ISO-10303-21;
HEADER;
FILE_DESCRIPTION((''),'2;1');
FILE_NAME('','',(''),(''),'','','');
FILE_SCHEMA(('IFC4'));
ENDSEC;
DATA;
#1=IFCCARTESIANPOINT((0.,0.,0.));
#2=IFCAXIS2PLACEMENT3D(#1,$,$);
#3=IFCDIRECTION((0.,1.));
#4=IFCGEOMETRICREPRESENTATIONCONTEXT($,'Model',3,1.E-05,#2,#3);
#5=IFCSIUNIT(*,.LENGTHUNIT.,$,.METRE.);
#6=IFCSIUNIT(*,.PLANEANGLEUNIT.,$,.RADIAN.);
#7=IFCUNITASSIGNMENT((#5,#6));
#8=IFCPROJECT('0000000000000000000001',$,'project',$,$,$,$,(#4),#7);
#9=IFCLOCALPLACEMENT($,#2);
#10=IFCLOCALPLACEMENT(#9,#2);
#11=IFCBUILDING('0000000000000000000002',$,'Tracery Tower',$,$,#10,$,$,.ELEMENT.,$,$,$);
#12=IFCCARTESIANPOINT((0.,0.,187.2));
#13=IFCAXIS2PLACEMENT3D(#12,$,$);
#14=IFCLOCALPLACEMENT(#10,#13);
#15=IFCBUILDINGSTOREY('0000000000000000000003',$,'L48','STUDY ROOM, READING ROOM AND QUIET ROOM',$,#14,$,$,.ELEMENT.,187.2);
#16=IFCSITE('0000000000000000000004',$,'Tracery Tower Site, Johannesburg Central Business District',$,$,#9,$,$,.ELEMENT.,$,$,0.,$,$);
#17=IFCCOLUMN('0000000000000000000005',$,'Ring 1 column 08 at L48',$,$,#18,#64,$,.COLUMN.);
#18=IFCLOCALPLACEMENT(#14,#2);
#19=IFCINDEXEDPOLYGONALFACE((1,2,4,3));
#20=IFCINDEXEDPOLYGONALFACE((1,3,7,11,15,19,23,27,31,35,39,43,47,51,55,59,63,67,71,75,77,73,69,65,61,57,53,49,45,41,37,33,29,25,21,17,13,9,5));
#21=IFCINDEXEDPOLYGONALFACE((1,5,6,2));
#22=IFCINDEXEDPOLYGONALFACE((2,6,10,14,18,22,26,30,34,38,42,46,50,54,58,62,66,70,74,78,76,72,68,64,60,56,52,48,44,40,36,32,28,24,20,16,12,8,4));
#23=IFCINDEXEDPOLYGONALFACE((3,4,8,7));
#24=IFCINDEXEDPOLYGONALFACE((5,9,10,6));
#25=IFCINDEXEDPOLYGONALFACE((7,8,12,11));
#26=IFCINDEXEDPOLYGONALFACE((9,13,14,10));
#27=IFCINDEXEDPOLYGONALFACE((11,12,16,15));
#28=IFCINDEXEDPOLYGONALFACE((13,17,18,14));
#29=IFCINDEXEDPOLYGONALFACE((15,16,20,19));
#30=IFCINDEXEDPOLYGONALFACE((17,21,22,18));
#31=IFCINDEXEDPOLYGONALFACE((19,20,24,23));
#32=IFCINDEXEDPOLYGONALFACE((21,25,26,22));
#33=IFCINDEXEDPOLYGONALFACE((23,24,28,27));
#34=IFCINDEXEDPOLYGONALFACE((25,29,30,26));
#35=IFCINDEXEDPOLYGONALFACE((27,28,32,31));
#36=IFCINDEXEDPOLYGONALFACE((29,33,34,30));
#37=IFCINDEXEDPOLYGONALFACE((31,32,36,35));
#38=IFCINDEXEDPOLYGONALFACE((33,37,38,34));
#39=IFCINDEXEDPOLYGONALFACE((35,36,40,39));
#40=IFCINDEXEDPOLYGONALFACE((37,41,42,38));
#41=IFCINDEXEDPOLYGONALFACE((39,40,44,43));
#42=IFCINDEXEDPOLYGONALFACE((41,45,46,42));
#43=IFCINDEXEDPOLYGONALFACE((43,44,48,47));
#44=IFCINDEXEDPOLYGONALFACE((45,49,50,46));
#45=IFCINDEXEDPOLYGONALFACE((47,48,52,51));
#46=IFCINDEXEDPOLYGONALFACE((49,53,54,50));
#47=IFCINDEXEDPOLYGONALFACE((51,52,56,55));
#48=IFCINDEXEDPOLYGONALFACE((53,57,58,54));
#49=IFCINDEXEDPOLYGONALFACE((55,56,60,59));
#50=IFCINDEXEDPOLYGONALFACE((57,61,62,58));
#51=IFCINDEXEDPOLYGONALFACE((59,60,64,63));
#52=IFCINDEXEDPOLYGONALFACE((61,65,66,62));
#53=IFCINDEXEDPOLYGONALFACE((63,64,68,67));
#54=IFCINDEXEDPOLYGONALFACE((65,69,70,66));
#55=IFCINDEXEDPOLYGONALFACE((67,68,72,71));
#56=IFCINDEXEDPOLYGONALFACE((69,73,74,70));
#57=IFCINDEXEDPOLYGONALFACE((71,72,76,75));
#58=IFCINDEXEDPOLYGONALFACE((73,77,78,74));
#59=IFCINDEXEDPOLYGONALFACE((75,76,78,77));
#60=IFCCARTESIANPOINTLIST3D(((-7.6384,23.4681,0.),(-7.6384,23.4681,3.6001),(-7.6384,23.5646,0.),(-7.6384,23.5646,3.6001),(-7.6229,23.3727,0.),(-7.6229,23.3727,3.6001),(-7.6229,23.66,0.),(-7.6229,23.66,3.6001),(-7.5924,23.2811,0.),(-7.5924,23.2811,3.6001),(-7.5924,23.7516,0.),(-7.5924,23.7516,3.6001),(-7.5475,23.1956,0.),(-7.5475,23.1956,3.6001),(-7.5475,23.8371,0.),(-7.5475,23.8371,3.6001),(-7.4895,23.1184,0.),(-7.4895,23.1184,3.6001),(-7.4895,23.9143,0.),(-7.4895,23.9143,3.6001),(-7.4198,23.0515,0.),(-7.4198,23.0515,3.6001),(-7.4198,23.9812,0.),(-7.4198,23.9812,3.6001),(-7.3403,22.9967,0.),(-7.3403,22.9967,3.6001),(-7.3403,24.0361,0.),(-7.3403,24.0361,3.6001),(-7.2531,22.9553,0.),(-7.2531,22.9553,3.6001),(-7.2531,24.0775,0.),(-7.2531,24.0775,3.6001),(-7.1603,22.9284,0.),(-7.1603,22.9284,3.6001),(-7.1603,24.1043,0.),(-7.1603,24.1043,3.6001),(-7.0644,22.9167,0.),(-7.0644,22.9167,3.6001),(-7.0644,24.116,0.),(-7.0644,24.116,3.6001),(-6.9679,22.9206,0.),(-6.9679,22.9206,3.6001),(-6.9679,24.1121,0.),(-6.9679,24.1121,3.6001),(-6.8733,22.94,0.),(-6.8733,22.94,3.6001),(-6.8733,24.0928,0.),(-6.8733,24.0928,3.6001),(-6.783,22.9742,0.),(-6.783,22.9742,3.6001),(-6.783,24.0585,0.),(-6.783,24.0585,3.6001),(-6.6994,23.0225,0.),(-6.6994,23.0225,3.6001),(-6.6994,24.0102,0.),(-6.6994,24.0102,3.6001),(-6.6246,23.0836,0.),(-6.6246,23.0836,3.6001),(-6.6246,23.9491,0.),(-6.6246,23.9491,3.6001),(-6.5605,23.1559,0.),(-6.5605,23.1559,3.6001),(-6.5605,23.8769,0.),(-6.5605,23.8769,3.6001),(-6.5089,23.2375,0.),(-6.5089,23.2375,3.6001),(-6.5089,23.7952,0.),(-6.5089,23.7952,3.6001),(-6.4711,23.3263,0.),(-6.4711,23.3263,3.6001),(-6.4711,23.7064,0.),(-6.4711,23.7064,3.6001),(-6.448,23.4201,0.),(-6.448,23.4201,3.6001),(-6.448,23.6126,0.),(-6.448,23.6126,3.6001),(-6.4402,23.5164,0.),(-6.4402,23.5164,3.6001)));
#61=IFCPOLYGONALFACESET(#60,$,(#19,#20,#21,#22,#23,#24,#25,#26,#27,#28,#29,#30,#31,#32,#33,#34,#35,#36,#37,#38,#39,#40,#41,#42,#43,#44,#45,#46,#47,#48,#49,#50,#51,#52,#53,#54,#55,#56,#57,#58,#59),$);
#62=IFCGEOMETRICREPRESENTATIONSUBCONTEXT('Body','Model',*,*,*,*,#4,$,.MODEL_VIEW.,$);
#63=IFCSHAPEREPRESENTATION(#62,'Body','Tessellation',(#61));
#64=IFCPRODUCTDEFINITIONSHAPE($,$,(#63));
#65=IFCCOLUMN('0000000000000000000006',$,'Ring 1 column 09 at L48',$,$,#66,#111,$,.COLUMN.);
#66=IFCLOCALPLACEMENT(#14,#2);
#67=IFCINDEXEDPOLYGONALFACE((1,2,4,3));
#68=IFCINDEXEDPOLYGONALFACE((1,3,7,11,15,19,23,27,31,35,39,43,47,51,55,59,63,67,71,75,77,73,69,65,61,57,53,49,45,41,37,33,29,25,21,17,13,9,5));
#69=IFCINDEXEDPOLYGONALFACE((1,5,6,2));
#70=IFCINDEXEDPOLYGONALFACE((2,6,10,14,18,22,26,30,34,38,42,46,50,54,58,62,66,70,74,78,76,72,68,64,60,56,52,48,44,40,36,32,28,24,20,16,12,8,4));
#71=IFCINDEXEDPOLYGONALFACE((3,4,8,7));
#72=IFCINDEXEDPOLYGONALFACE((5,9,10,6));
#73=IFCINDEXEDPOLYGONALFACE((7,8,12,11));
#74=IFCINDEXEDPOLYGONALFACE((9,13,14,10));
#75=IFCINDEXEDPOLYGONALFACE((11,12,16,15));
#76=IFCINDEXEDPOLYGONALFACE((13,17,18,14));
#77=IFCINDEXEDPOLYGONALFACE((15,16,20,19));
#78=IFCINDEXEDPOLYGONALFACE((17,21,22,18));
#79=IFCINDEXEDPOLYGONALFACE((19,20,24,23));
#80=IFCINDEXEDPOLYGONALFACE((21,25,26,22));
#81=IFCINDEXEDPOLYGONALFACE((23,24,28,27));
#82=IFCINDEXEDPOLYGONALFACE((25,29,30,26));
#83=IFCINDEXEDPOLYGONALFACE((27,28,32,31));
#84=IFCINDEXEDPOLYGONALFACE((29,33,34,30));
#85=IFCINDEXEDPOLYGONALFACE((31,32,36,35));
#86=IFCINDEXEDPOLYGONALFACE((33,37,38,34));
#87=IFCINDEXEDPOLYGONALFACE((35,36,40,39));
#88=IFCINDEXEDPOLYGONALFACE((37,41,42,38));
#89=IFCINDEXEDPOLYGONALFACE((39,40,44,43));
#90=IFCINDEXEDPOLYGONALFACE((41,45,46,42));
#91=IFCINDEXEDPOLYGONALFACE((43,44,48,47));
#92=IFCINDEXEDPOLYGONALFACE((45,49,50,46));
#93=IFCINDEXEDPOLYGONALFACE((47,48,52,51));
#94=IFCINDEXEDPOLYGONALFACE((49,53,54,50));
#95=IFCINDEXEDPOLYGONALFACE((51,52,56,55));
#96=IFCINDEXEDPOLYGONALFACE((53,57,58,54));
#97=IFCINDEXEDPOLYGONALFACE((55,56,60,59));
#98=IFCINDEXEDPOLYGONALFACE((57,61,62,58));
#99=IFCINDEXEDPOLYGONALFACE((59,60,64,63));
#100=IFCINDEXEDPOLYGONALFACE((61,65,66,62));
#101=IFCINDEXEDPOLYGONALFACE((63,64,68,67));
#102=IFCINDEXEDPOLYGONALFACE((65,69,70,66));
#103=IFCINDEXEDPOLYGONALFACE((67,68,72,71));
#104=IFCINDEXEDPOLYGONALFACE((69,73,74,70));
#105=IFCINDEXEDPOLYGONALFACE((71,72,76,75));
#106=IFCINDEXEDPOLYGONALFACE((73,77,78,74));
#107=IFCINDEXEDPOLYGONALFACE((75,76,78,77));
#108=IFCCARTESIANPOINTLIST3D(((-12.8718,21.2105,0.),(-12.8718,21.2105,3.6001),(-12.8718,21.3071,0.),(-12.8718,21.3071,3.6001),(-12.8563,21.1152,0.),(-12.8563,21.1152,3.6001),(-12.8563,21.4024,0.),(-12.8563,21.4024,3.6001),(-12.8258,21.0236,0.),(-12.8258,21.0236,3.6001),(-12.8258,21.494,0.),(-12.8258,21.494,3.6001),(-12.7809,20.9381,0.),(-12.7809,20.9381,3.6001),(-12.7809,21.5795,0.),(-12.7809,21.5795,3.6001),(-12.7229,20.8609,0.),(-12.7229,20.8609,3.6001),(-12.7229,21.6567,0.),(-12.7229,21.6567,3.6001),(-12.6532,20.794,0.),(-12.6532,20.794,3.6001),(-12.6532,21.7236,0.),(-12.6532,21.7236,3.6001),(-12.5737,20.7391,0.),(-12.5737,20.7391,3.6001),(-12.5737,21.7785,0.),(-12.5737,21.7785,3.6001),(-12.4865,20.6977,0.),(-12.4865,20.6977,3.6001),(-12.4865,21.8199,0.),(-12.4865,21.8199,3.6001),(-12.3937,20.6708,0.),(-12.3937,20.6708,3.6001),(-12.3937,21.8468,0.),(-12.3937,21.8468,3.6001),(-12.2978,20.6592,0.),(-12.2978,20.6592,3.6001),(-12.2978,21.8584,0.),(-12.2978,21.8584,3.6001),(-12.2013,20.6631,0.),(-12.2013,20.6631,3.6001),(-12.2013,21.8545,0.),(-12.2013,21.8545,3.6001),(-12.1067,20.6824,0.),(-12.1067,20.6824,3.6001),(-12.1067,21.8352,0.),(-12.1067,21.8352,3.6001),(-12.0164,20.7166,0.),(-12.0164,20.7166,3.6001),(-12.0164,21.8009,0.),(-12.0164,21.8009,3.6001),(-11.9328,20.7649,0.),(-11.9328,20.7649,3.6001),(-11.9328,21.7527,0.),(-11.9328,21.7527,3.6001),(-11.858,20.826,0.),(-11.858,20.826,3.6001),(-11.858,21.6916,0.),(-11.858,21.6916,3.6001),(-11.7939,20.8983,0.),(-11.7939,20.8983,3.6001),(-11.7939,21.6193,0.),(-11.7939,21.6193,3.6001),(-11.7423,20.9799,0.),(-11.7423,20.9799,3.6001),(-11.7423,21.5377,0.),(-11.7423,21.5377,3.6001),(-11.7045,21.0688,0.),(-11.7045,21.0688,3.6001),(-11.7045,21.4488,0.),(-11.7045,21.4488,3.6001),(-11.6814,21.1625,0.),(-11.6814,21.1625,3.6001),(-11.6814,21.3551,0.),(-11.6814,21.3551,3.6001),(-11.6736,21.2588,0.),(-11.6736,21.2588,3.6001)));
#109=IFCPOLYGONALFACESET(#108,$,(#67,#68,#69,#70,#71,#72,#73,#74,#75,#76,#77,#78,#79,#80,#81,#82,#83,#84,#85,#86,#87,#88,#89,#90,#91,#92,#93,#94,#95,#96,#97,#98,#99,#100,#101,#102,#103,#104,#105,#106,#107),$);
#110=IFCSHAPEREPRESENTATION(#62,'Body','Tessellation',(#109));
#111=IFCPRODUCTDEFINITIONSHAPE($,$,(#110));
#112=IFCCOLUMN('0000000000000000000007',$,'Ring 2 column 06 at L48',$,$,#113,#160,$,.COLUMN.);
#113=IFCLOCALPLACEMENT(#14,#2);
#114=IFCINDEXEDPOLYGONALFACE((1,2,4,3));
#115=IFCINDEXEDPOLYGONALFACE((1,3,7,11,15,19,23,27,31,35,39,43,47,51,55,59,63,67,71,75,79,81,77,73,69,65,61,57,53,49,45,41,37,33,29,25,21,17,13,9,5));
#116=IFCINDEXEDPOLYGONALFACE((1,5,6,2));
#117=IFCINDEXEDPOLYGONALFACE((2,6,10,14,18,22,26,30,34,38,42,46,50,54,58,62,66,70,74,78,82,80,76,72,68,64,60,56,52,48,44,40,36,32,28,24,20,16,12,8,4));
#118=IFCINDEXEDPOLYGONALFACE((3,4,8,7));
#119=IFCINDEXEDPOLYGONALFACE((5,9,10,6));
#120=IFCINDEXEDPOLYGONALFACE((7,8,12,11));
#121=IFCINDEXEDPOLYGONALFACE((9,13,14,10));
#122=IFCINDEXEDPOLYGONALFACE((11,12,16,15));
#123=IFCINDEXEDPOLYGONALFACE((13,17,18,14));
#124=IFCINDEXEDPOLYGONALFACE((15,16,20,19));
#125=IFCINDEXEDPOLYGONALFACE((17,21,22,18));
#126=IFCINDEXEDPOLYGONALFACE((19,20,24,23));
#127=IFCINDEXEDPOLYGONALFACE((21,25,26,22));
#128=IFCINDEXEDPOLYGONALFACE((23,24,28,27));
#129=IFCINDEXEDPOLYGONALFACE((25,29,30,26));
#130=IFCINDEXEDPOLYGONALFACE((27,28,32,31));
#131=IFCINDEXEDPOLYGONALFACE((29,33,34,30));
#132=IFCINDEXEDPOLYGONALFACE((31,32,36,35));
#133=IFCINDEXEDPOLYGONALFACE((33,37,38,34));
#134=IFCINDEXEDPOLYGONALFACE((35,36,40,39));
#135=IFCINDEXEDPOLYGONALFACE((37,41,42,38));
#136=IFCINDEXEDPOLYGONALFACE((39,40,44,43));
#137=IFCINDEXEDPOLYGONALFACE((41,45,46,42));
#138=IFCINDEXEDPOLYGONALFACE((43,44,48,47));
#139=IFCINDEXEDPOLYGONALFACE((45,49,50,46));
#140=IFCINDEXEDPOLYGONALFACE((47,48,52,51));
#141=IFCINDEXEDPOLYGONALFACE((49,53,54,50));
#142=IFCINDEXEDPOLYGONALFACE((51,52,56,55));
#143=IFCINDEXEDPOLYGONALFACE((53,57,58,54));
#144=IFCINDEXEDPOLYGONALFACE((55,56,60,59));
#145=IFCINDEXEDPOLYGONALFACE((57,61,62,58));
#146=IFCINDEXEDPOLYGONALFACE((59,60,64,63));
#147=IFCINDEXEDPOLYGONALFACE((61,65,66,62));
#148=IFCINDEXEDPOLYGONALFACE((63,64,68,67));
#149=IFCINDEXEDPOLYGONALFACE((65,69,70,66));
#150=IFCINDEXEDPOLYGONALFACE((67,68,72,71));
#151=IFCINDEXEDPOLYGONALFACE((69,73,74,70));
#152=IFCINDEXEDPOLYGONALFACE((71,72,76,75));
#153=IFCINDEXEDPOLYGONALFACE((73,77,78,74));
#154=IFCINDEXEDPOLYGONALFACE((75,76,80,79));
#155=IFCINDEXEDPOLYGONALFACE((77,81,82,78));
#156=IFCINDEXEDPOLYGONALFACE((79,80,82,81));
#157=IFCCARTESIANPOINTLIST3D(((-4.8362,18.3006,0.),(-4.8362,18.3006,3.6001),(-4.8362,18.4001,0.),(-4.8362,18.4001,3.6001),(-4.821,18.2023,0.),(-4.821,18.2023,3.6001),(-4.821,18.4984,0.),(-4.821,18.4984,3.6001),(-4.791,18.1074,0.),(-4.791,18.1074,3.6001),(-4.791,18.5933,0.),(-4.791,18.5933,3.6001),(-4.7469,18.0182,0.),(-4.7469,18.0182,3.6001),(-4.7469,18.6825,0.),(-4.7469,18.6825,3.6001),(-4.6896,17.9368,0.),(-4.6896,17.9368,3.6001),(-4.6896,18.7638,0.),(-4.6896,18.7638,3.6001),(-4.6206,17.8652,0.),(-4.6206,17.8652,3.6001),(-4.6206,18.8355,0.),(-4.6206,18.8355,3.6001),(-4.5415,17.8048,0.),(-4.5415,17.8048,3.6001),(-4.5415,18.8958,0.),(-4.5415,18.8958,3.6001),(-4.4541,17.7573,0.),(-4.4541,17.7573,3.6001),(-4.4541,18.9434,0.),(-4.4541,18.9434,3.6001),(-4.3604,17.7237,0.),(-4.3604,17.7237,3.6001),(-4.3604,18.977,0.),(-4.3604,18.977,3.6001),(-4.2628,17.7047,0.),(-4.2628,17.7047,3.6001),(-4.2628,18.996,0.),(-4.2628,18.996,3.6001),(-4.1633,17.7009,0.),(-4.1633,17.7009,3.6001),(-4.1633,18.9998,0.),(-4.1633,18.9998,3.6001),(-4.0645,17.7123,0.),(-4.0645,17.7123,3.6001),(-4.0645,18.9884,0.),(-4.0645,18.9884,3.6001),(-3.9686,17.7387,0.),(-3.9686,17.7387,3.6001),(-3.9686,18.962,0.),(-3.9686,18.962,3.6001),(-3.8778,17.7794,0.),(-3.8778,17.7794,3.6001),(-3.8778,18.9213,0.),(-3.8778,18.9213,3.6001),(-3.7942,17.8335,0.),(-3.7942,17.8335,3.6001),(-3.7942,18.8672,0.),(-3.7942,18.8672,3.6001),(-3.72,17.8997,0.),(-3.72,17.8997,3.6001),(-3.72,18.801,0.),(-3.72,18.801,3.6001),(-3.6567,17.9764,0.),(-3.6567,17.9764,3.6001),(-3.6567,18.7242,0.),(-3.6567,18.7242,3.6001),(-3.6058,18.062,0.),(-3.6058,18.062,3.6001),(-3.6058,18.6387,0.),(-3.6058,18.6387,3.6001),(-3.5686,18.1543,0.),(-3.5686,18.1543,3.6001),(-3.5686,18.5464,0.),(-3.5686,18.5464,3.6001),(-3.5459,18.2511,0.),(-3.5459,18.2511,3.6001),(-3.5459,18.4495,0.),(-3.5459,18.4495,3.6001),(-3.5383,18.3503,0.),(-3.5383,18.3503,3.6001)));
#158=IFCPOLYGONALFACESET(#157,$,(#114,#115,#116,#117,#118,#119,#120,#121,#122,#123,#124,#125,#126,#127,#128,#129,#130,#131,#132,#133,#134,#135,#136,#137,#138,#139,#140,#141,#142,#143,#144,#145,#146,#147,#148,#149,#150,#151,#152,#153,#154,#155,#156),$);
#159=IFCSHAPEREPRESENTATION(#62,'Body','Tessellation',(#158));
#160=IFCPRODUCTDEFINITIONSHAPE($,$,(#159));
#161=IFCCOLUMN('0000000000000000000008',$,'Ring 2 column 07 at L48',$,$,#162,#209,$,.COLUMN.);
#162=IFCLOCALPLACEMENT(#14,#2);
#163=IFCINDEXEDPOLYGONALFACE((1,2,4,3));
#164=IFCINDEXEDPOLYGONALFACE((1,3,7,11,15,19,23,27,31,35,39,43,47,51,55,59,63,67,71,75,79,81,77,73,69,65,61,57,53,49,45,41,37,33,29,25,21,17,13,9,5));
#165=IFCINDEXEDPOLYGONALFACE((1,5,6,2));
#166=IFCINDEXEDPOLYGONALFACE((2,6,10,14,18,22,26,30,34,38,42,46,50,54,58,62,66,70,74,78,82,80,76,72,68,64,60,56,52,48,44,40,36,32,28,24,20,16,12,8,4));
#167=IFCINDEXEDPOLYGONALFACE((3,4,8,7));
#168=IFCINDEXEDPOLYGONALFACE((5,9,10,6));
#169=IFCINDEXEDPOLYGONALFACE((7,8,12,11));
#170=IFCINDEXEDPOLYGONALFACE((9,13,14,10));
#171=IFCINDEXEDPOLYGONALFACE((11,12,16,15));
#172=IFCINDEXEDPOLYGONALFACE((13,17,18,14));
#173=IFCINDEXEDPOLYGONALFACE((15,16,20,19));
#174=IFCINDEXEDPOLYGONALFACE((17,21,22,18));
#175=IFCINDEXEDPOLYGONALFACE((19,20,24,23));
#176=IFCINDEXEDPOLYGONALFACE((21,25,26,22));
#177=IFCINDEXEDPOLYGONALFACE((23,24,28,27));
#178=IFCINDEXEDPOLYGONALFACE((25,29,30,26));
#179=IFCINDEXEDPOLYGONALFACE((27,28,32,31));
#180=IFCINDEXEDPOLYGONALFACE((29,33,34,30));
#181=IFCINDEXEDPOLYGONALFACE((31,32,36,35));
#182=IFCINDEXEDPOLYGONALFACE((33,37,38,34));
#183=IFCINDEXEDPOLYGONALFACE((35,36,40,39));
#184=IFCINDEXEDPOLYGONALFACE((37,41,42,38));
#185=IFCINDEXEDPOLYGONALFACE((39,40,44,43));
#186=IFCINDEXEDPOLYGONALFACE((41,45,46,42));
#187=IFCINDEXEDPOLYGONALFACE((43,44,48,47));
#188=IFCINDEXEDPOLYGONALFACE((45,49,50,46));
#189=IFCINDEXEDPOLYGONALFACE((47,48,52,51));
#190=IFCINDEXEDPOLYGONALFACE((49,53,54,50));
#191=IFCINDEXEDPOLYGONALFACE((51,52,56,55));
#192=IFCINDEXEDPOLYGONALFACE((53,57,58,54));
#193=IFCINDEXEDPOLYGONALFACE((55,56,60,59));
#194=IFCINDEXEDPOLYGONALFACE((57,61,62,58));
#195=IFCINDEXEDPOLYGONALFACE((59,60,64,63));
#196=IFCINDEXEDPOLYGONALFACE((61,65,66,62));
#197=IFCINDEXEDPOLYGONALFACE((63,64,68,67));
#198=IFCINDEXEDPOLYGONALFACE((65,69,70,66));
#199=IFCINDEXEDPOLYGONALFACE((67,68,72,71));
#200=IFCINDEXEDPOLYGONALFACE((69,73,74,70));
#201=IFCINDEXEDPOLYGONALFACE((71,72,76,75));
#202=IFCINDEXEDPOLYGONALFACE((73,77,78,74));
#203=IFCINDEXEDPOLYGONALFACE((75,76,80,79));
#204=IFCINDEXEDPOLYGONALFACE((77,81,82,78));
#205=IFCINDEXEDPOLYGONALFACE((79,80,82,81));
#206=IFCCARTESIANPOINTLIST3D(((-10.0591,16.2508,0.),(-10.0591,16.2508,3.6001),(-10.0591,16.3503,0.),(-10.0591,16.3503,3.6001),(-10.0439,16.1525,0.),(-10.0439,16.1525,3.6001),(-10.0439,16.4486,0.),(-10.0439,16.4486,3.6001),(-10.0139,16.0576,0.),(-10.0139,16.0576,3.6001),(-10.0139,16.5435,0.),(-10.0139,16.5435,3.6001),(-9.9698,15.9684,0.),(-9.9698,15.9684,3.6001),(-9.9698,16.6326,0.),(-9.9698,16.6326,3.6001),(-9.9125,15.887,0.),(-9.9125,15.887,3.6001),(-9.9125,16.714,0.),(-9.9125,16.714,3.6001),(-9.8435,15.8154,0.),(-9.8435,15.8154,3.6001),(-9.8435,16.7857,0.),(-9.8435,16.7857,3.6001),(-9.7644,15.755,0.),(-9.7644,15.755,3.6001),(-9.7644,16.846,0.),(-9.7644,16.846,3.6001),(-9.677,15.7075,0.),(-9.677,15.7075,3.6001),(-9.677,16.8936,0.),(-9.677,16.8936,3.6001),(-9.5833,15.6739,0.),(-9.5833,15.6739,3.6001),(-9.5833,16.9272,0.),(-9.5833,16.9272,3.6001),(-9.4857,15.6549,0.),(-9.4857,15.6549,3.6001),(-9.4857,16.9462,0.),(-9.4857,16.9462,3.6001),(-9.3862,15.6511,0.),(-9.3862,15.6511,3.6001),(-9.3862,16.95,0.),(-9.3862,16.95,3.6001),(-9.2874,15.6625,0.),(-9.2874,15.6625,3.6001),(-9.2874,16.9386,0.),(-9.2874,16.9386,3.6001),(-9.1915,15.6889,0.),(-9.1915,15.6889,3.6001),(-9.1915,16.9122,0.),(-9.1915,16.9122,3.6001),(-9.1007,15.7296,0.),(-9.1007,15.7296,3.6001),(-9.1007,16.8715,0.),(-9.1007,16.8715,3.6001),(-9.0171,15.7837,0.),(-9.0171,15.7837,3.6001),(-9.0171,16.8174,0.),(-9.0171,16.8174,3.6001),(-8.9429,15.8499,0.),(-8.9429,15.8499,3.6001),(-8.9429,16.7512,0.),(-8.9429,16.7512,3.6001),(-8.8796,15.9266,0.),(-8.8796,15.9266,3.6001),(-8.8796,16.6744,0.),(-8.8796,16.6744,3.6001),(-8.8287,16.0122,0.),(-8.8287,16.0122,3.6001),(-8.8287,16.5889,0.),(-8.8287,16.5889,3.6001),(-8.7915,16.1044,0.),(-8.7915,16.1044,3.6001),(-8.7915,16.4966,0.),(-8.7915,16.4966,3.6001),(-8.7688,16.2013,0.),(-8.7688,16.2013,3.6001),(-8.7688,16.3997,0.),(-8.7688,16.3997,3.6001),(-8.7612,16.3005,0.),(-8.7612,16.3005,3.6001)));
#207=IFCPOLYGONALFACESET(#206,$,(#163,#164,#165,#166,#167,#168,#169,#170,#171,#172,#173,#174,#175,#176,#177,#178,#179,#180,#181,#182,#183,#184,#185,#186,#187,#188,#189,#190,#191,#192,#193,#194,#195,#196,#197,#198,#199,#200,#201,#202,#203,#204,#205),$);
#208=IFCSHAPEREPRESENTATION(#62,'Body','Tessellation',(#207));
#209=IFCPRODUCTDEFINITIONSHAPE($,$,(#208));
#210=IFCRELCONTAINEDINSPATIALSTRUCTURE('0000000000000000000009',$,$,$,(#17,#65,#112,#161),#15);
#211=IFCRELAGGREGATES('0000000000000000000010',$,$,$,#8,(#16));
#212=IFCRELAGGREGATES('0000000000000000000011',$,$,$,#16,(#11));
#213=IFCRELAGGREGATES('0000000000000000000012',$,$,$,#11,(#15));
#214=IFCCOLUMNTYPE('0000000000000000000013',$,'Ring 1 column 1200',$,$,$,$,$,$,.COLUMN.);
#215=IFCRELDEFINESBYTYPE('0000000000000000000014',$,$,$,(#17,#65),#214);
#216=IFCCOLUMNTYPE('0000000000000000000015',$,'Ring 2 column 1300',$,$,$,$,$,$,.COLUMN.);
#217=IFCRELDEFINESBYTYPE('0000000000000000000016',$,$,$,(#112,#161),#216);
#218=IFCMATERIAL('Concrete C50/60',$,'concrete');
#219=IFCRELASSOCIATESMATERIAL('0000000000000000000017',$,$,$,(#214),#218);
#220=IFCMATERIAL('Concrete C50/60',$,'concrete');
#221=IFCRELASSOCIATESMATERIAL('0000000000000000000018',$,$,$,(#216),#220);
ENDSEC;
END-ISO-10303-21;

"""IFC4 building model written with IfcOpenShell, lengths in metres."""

from ifc_helpers import new_model, si_unit, direction, frame, origin, origin_2d, place, context, subcontext, project, spatial, circle, extrude, material, material_profile, profile_set, type_object, element, save


model = new_model("IFC4")

# Units and contexts
model_context = context("Model", 3, precision=1e-05, world=origin(), true_north=direction((0.0, 1.0)))
body_context = subcontext(model_context, "Body", "Model", "MODEL_VIEW")
ifc_project = project(units=[si_unit("LENGTHUNIT", "METRE"), si_unit("PLANEANGLEUNIT", "RADIAN")], contexts=[model_context])

# Site, building, storey
site_placement = place(None, origin())
site = spatial("IfcSite", under=ifc_project, at=site_placement, Name="Tracery Tower Site, Johannesburg Central Business District", CompositionType="ELEMENT", RefElevation=0.0)
building_placement = place(site_placement, origin())
building = spatial("IfcBuilding", under=site, at=building_placement, Name="Tracery Tower", CompositionType="ELEMENT")
storey_placement = place(building_placement, frame((0.0, 0.0, 187.2)))
storey = spatial("IfcBuildingStorey", under=building, at=storey_placement, Name="L48", Description="STUDY ROOM, READING ROOM AND QUIET ROOM", CompositionType="ELEMENT", Elevation=187.2)

# Columns
ifc_material_1 = material(Name="Concrete C50/60", Category="concrete")
ifc_material_profile_1 = material_profile(ifc_material_1, circle(Radius=0.6001, at=origin_2d()), Name="RC D1200")
ifc_profile_set_1 = profile_set([ifc_material_profile_1], Name="Concrete C50/60")
column_type_1 = type_object("IfcColumnType", Name="Ring 1 column 1200", PredefinedType="COLUMN", material=ifc_profile_set_1)
for number, where, z_axis, x_axis, name in (
    (1, (-7.0403, 23.5164, 0.0), (0.0, 0.0, 1.0), (1.0, 0.0, 0.0), "Ring 1 column 08 at L48"),
    (2, (-12.2737, 21.2588, 0.0), (0.0, 0.0, 1.0), (1.0, 0.0, 0.0), "Ring 1 column 09 at L48"),
):
    element("IfcColumn", number, at=place(storey_placement, frame(where, z_axis=z_axis, x_axis=x_axis)), inside=storey, type_object=column_type_1, Name=name, PredefinedType="COLUMN", context=body_context, shape_type="SweptSolid", body=[
        extrude(circle(Radius=0.6001, at=origin_2d()), origin(), (0.0, 0.0, 1.0), 3.6001),
    ])
ifc_material_2 = material(Name="Concrete C50/60", Category="concrete")
ifc_material_profile_2 = material_profile(ifc_material_2, circle(Radius=0.6499, at=origin_2d()), Name="RC D1300")
ifc_profile_set_2 = profile_set([ifc_material_profile_2], Name="Concrete C50/60")
column_type_2 = type_object("IfcColumnType", Name="Ring 2 column 1300", PredefinedType="COLUMN", material=ifc_profile_set_2)
for number, where, z_axis, x_axis, name in (
    (3, (-4.1882, 18.3503, 0.0), (0.0, 0.0, 1.0), (1.0, 0.0, 0.0), "Ring 2 column 06 at L48"),
    (4, (-9.4111, 16.3005, 0.0), (0.0, 0.0, 1.0), (1.0, 0.0, 0.0), "Ring 2 column 07 at L48"),
):
    element("IfcColumn", number, at=place(storey_placement, frame(where, z_axis=z_axis, x_axis=x_axis)), inside=storey, type_object=column_type_2, Name=name, PredefinedType="COLUMN", context=body_context, shape_type="SweptSolid", body=[
        extrude(circle(Radius=0.6499, at=origin_2d()), origin(), (0.0, 0.0, 1.0), 3.6001),
    ])

save(model, "model.ifc")
